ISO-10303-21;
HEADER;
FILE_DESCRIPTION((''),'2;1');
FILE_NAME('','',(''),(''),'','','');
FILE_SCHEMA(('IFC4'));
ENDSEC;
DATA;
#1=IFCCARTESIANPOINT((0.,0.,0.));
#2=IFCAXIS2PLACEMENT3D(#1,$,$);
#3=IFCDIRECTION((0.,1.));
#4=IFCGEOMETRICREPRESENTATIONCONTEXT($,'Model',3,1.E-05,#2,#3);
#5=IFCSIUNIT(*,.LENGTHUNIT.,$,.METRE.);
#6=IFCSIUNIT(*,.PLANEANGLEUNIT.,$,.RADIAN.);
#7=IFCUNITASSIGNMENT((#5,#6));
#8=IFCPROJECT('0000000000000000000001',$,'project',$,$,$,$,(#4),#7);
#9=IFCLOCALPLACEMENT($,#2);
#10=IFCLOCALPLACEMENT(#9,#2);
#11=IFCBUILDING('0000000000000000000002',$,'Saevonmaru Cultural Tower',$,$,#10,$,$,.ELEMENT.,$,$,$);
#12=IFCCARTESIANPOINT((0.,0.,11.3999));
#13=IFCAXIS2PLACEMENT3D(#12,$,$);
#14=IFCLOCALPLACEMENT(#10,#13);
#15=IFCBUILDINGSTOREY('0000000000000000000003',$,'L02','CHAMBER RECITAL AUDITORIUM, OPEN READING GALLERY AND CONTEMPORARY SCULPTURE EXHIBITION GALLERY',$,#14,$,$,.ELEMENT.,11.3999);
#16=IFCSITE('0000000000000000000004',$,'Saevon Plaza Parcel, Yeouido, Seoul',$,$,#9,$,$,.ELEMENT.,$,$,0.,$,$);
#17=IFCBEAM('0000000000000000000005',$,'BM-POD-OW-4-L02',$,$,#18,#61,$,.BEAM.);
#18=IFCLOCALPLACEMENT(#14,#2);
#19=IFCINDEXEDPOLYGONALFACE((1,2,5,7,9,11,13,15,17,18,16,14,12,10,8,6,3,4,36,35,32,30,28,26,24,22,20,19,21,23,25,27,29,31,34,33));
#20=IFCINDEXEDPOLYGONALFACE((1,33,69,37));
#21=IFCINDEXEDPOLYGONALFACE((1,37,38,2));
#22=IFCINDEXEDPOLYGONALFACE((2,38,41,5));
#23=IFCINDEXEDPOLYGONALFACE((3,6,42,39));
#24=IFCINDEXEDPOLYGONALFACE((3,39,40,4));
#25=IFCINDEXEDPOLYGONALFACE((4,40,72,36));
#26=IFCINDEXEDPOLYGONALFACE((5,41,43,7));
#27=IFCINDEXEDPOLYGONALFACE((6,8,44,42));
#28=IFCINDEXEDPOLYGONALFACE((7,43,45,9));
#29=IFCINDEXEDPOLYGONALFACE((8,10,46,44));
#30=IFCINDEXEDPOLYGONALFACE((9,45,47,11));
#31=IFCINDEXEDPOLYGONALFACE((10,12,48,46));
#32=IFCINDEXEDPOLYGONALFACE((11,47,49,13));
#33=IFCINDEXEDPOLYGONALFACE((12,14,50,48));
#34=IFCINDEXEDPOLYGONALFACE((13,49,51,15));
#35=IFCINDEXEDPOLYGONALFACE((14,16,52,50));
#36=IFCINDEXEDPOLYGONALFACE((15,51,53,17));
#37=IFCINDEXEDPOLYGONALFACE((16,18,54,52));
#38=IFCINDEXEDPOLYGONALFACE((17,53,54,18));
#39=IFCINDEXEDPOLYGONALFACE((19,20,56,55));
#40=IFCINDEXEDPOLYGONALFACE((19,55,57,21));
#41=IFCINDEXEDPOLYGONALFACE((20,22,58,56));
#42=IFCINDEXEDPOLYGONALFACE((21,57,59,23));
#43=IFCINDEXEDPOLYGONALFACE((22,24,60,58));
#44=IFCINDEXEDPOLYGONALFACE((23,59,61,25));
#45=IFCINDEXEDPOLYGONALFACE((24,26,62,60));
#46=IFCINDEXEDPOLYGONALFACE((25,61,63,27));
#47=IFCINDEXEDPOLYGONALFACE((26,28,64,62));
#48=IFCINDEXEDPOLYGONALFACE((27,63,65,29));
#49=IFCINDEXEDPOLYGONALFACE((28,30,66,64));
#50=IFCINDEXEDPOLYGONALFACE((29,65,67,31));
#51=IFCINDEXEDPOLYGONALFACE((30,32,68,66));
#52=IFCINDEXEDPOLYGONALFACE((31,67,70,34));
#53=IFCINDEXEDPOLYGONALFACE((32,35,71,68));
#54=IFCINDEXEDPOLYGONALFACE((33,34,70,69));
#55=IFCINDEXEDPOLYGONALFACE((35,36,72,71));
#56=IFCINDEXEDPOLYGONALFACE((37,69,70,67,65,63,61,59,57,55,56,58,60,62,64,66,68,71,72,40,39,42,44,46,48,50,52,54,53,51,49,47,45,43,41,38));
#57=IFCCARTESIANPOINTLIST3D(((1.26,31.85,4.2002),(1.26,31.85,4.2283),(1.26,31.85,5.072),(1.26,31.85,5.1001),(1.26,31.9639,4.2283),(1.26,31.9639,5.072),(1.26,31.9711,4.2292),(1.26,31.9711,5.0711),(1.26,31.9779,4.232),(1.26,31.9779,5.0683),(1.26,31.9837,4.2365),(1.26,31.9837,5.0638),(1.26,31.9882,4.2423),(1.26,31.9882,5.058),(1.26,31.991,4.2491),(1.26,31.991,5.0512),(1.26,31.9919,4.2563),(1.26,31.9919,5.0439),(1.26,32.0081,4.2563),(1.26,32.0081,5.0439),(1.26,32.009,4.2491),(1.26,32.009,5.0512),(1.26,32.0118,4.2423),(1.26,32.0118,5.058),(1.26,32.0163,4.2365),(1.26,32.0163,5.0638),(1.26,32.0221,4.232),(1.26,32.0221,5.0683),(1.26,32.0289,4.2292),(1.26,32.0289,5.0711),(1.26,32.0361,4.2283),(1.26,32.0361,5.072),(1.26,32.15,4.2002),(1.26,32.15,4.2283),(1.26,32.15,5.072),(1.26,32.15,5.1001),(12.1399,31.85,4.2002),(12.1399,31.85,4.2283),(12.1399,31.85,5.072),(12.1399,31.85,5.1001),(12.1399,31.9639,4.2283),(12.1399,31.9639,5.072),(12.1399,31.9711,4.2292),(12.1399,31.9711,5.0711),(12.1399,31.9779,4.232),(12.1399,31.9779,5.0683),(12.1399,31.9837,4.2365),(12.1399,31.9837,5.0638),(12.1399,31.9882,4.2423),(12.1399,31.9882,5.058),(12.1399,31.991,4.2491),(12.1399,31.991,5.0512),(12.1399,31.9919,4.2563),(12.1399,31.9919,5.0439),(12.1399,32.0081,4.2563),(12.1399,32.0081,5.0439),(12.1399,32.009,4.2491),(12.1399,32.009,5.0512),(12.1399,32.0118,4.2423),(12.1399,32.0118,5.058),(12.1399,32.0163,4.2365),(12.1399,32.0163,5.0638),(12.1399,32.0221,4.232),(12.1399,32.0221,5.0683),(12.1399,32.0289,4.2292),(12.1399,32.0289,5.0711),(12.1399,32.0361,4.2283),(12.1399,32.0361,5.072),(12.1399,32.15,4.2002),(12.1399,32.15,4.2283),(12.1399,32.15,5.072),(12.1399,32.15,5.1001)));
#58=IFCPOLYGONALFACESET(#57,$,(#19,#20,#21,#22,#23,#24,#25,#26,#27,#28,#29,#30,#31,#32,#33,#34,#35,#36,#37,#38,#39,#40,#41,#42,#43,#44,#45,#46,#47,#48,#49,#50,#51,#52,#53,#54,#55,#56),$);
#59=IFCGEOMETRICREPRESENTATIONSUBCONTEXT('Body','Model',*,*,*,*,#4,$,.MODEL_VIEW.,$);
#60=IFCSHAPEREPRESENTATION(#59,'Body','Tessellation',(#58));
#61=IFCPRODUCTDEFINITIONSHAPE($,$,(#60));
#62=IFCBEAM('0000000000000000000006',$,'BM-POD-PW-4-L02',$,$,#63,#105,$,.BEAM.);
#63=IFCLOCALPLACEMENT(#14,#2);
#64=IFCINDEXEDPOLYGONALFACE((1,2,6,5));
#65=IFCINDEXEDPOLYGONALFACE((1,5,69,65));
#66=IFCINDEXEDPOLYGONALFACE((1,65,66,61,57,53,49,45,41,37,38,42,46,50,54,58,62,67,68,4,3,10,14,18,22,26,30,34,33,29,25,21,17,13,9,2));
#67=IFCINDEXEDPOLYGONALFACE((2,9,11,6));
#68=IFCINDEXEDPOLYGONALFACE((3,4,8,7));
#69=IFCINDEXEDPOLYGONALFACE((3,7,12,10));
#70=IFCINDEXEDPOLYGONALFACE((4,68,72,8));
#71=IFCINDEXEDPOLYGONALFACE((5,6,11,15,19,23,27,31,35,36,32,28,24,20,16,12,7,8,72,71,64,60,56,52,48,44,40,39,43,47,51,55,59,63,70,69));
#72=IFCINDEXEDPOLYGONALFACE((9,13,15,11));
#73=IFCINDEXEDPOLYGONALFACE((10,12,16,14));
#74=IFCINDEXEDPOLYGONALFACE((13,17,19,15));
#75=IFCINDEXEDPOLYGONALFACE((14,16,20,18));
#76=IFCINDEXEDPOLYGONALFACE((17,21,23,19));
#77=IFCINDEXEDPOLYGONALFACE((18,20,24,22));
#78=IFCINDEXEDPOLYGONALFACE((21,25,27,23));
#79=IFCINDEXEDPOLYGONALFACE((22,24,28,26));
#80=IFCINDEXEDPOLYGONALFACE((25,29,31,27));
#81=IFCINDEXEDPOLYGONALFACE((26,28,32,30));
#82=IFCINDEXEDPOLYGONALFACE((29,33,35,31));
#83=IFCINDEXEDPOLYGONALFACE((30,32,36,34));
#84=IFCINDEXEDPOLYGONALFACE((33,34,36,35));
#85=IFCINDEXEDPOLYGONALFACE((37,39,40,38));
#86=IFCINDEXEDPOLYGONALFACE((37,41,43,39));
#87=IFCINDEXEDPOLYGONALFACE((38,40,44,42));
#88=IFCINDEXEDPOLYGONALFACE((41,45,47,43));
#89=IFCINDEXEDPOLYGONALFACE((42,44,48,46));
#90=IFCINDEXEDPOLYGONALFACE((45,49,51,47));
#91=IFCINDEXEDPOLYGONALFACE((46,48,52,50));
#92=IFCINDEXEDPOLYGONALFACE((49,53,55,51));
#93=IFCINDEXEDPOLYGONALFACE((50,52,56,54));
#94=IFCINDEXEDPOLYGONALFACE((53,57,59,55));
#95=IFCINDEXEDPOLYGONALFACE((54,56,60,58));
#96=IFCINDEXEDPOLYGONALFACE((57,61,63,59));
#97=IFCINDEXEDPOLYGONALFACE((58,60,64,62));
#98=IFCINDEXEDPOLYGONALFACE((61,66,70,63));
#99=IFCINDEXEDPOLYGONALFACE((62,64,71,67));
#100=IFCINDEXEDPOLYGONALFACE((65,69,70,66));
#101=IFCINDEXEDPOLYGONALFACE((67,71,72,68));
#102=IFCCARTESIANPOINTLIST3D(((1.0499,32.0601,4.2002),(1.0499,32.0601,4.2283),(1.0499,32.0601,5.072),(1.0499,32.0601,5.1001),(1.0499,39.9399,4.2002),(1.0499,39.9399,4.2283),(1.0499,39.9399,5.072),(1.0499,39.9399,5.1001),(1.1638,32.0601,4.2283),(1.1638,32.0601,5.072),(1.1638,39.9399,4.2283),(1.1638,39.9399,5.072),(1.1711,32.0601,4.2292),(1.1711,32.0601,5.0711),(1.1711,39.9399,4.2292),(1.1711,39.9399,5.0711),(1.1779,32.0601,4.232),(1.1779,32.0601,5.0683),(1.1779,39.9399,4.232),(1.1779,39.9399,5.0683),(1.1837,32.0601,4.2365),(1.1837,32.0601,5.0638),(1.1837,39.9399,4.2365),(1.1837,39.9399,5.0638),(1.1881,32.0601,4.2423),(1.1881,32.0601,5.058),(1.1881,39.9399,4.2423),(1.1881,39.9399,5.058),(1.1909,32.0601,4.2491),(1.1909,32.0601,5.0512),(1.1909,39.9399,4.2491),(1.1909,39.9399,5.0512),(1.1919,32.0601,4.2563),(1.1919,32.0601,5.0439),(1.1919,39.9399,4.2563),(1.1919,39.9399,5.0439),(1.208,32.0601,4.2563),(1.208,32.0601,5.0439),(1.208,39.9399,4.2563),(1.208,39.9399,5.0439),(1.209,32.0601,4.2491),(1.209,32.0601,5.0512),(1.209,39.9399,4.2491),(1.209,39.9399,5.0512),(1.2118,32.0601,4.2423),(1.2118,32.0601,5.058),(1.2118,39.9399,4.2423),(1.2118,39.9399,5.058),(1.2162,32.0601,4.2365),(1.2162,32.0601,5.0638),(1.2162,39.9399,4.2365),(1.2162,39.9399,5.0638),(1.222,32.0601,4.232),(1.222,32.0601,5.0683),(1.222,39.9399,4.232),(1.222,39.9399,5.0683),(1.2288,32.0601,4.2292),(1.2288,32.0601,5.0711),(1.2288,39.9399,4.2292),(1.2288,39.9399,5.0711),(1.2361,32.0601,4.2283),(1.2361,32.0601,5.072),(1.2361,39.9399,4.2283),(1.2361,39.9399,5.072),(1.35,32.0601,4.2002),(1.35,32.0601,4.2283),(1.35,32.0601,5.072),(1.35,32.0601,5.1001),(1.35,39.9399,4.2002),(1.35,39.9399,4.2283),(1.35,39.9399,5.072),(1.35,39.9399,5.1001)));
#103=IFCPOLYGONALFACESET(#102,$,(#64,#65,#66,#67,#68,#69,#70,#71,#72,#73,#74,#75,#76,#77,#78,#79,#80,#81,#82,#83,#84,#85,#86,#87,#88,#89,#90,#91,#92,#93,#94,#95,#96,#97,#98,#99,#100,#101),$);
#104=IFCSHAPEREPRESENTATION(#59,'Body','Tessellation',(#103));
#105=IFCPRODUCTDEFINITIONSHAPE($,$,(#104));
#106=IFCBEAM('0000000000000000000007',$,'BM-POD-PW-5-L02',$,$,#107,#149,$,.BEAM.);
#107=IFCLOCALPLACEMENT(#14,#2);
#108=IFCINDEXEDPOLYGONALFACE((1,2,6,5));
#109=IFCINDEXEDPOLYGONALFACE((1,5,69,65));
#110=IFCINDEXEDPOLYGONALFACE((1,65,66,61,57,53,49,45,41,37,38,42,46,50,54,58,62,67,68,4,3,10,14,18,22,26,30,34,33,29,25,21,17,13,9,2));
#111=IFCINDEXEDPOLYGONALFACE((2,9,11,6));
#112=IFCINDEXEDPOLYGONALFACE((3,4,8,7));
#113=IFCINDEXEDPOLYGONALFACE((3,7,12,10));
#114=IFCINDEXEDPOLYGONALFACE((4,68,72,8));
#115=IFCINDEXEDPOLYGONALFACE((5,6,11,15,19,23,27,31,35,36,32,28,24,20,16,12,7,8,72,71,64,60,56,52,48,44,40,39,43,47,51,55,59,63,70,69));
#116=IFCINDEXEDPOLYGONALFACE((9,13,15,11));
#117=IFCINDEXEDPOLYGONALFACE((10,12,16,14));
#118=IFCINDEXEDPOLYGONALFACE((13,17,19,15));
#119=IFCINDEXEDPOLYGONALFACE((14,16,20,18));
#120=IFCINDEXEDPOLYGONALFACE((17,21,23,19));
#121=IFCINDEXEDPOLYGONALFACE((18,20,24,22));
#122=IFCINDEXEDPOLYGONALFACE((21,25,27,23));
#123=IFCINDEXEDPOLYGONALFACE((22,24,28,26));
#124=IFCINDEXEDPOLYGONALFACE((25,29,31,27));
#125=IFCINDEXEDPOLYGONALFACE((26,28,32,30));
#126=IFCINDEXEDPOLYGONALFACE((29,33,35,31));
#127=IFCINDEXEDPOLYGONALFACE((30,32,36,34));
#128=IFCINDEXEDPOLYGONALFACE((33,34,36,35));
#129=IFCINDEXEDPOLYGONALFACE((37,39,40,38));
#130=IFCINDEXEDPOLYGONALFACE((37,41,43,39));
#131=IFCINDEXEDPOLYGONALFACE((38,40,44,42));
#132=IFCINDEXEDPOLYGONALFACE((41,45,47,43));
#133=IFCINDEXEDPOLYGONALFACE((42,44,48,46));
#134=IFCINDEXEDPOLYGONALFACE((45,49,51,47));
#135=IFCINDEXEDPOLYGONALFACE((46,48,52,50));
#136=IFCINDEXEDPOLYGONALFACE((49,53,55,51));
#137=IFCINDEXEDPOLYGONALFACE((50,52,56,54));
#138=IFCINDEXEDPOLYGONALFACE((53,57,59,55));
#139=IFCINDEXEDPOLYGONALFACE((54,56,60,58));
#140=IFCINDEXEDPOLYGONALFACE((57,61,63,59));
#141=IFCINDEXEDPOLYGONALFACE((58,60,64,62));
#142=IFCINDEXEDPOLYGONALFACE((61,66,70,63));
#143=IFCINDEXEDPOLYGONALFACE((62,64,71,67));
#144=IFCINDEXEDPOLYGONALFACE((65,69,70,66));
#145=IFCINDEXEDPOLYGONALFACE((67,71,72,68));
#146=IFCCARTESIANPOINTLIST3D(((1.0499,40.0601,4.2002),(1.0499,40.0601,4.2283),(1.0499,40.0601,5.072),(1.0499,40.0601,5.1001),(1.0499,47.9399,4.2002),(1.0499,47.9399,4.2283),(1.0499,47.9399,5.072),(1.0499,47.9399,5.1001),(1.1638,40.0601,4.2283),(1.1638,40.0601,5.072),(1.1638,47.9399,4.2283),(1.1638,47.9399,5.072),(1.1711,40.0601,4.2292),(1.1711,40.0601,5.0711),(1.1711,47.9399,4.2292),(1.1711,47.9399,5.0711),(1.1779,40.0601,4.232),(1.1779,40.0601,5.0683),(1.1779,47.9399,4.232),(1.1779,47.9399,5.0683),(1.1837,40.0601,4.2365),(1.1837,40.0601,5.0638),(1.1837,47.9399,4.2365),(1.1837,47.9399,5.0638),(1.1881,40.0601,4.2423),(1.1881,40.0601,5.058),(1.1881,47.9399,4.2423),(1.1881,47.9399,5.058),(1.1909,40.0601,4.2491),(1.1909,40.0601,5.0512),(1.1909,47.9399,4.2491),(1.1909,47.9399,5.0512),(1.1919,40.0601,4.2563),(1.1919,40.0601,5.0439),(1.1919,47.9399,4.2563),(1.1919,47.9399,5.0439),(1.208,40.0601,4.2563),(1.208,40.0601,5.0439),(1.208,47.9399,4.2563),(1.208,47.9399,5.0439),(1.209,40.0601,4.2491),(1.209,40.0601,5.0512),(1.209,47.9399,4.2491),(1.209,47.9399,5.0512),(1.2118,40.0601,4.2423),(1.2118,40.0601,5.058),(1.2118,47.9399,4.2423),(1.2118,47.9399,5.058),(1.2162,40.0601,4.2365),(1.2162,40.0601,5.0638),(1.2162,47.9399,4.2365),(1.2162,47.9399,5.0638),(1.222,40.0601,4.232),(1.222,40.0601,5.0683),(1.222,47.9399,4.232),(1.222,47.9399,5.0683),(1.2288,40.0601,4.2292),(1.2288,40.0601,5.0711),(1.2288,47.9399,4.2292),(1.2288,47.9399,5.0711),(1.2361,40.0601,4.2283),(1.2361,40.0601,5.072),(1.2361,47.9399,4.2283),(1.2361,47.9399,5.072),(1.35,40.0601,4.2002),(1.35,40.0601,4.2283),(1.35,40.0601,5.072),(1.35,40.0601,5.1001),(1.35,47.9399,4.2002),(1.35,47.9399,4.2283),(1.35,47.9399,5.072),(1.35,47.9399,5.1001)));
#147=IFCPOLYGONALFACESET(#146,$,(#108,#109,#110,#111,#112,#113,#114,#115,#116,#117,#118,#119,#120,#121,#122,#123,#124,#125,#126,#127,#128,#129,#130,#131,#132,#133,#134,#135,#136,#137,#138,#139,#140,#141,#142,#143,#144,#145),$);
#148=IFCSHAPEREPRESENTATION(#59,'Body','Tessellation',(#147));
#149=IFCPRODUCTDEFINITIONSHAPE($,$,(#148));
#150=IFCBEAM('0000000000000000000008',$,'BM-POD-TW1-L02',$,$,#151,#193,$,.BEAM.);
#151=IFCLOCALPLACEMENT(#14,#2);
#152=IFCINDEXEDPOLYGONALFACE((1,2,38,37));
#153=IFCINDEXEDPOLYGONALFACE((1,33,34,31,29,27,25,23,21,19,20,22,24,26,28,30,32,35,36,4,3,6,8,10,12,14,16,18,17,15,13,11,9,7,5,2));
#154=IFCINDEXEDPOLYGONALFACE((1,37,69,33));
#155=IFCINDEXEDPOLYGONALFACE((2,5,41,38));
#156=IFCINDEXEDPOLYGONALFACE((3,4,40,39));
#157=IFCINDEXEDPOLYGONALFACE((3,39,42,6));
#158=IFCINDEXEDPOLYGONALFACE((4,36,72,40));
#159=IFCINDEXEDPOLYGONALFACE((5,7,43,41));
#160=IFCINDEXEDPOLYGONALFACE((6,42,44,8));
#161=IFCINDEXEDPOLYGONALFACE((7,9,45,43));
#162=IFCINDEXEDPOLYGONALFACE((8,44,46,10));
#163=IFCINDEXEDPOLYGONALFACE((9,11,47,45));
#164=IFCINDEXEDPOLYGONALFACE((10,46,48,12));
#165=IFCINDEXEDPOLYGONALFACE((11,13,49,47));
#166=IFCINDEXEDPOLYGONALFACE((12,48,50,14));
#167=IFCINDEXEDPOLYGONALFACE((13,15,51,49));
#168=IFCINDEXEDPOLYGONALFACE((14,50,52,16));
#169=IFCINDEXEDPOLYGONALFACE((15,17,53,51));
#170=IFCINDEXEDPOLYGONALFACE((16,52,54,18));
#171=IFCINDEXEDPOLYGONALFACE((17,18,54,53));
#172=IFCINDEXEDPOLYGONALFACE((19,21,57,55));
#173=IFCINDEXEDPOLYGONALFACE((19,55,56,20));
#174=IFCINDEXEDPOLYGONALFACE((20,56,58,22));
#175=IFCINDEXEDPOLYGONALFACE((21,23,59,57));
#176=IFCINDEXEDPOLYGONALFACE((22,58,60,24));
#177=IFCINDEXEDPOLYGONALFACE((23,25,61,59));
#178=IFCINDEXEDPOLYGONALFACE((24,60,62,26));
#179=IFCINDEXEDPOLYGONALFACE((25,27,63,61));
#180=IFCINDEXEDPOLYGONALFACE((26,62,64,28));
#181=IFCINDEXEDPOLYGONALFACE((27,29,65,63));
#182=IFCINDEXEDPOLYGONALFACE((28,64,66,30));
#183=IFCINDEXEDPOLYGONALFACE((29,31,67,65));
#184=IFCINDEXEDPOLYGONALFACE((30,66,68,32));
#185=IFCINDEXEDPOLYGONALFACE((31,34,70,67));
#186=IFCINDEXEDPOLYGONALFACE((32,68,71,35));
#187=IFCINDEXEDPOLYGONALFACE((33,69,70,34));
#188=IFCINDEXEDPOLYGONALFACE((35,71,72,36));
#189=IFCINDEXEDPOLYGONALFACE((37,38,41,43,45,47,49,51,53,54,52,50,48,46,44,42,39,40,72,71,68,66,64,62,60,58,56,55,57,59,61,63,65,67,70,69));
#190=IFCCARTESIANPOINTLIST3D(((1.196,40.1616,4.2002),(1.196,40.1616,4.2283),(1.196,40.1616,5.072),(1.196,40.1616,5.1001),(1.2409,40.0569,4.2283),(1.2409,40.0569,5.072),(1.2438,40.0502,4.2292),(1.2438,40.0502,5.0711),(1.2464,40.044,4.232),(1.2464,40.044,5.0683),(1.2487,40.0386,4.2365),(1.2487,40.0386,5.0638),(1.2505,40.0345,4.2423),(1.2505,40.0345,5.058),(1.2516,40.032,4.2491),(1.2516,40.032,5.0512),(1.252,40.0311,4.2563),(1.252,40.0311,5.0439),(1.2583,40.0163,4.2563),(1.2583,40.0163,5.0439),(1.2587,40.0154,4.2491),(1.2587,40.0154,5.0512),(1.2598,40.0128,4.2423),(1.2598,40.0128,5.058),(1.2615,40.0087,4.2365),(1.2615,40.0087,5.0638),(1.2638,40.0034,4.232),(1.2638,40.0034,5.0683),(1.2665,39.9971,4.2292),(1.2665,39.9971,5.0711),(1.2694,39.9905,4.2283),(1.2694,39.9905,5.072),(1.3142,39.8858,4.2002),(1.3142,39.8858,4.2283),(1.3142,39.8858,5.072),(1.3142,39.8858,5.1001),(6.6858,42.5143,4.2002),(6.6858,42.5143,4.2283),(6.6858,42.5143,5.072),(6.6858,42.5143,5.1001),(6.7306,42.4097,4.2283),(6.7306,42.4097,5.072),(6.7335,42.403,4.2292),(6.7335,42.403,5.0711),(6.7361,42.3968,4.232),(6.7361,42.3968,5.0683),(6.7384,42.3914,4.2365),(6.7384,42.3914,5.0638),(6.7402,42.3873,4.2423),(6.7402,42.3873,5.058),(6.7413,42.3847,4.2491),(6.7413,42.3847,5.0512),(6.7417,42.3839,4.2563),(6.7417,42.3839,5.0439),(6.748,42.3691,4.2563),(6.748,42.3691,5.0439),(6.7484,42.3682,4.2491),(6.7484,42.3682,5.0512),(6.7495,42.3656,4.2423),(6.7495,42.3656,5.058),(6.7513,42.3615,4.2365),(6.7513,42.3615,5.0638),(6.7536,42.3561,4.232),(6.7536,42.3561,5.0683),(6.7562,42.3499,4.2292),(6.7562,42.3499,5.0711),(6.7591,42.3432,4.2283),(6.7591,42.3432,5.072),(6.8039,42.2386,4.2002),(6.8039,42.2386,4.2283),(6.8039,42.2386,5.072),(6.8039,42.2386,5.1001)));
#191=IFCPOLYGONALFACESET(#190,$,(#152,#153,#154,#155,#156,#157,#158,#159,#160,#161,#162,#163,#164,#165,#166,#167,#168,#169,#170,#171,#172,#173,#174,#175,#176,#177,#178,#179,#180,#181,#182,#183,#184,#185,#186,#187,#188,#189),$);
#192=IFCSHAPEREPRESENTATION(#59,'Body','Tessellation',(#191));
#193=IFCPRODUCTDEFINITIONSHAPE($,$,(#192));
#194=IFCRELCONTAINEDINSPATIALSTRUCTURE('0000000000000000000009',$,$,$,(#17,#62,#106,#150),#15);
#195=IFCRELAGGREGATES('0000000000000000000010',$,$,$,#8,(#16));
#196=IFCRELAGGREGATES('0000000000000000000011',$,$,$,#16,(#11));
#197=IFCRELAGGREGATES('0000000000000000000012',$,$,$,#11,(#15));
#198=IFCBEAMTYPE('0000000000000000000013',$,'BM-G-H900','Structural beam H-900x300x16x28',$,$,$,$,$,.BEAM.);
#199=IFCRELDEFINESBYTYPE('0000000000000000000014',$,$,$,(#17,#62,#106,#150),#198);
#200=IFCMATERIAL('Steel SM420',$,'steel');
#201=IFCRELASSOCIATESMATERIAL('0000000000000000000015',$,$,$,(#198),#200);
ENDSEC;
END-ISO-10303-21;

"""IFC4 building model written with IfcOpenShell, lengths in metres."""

from ifc_helpers import new_model, si_unit, direction, frame, origin, origin_2d, place, context, subcontext, project, spatial, i_section, extrude, material, material_profile, profile_set, type_object, element, save


model = new_model("IFC4")

# Units and contexts
model_context = context("Model", 3, precision=1e-05, world=origin(), true_north=direction((0.0, 1.0)))
body_context = subcontext(model_context, "Body", "Model", "MODEL_VIEW")
ifc_project = project(units=[si_unit("LENGTHUNIT", "METRE"), si_unit("PLANEANGLEUNIT", "RADIAN")], contexts=[model_context])

# Site, building, storey
site_placement = place(None, origin())
site = spatial("IfcSite", under=ifc_project, at=site_placement, Name="Saevon Plaza Parcel, Yeouido, Seoul", CompositionType="ELEMENT", RefElevation=0.0)
building_placement = place(site_placement, origin())
building = spatial("IfcBuilding", under=site, at=building_placement, Name="Saevonmaru Cultural Tower", CompositionType="ELEMENT")
storey_placement = place(building_placement, frame((0.0, 0.0, 11.3999)))
storey = spatial("IfcBuildingStorey", under=building, at=storey_placement, Name="L02", Description="CHAMBER RECITAL AUDITORIUM, OPEN READING GALLERY AND CONTEMPORARY SCULPTURE EXHIBITION GALLERY", CompositionType="ELEMENT", Elevation=11.3999)

# Shared definitions
ifc_material_1 = material(Name="Steel SM420", Category="steel")

# Beams
ifc_material_profile_1 = material_profile(ifc_material_1, i_section(OverallWidth=0.3, OverallDepth=0.8999, WebThickness=0.0161, FlangeThickness=0.0281, FilletRadius=0.0281, at=origin_2d()), Name="H-900x300x16x28")
ifc_profile_set_1 = profile_set([ifc_material_profile_1], Name="Steel SM420")
beam_type_1 = type_object("IfcBeamType", Name="BM-G-H900", Description="Structural beam H-900x300x16x28", PredefinedType="BEAM", material=ifc_profile_set_1)
beam_1_placement = place(storey_placement, frame((1.26, 32.0, 4.6501), z_axis=(1.0, 0.0, 0.0), x_axis=(0.0, 1.0, 0.0)))
element("IfcBeam", 1, at=beam_1_placement, inside=storey, type_object=beam_type_1, Name="BM-POD-OW-4-L02", PredefinedType="BEAM", context=body_context, shape_type="SweptSolid", body=[
    extrude(i_section(OverallWidth=0.3, OverallDepth=0.8999, WebThickness=0.0161, FlangeThickness=0.0281, FilletRadius=0.0281, at=origin_2d()), origin(), (0.0, 0.0, 1.0), 10.8799),
])
for number, where, z_axis, x_axis, name in (
    (2, (1.2, 32.0601, 4.6501), (0.0, 1.0, 0.0), (-1.0, 0.0, 0.0), "BM-POD-PW-4-L02"),
    (3, (1.2, 40.0601, 4.6501), (0.0, 1.0, 0.0), (-1.0, 0.0, 0.0), "BM-POD-PW-5-L02"),
):
    element("IfcBeam", number, at=place(storey_placement, frame(where, z_axis=z_axis, x_axis=x_axis)), inside=storey, type_object=beam_type_1, Name=name, PredefinedType="BEAM", context=body_context, shape_type="SweptSolid", body=[
        extrude(i_section(OverallWidth=0.3, OverallDepth=0.8999, WebThickness=0.0161, FlangeThickness=0.0281, FilletRadius=0.0281, at=origin_2d()), origin(), (0.0, 0.0, 1.0), 7.8799),
    ])
beam_2_placement = place(storey_placement, frame((1.2551, 40.0237, 4.6501), z_axis=(0.919143, 0.393924, 0.0), x_axis=(-0.393924, 0.919143, 0.0)))
element("IfcBeam", 4, at=beam_2_placement, inside=storey, type_object=beam_type_1, Name="BM-POD-TW1-L02", PredefinedType="BEAM", context=body_context, shape_type="SweptSolid", body=[
    extrude(i_section(OverallWidth=0.3, OverallDepth=0.8999, WebThickness=0.0161, FlangeThickness=0.0281, FilletRadius=0.0281, at=origin_2d()), origin(), (0.0, 0.0, 1.0), 5.9727),
])

save(model, "model.ifc")
